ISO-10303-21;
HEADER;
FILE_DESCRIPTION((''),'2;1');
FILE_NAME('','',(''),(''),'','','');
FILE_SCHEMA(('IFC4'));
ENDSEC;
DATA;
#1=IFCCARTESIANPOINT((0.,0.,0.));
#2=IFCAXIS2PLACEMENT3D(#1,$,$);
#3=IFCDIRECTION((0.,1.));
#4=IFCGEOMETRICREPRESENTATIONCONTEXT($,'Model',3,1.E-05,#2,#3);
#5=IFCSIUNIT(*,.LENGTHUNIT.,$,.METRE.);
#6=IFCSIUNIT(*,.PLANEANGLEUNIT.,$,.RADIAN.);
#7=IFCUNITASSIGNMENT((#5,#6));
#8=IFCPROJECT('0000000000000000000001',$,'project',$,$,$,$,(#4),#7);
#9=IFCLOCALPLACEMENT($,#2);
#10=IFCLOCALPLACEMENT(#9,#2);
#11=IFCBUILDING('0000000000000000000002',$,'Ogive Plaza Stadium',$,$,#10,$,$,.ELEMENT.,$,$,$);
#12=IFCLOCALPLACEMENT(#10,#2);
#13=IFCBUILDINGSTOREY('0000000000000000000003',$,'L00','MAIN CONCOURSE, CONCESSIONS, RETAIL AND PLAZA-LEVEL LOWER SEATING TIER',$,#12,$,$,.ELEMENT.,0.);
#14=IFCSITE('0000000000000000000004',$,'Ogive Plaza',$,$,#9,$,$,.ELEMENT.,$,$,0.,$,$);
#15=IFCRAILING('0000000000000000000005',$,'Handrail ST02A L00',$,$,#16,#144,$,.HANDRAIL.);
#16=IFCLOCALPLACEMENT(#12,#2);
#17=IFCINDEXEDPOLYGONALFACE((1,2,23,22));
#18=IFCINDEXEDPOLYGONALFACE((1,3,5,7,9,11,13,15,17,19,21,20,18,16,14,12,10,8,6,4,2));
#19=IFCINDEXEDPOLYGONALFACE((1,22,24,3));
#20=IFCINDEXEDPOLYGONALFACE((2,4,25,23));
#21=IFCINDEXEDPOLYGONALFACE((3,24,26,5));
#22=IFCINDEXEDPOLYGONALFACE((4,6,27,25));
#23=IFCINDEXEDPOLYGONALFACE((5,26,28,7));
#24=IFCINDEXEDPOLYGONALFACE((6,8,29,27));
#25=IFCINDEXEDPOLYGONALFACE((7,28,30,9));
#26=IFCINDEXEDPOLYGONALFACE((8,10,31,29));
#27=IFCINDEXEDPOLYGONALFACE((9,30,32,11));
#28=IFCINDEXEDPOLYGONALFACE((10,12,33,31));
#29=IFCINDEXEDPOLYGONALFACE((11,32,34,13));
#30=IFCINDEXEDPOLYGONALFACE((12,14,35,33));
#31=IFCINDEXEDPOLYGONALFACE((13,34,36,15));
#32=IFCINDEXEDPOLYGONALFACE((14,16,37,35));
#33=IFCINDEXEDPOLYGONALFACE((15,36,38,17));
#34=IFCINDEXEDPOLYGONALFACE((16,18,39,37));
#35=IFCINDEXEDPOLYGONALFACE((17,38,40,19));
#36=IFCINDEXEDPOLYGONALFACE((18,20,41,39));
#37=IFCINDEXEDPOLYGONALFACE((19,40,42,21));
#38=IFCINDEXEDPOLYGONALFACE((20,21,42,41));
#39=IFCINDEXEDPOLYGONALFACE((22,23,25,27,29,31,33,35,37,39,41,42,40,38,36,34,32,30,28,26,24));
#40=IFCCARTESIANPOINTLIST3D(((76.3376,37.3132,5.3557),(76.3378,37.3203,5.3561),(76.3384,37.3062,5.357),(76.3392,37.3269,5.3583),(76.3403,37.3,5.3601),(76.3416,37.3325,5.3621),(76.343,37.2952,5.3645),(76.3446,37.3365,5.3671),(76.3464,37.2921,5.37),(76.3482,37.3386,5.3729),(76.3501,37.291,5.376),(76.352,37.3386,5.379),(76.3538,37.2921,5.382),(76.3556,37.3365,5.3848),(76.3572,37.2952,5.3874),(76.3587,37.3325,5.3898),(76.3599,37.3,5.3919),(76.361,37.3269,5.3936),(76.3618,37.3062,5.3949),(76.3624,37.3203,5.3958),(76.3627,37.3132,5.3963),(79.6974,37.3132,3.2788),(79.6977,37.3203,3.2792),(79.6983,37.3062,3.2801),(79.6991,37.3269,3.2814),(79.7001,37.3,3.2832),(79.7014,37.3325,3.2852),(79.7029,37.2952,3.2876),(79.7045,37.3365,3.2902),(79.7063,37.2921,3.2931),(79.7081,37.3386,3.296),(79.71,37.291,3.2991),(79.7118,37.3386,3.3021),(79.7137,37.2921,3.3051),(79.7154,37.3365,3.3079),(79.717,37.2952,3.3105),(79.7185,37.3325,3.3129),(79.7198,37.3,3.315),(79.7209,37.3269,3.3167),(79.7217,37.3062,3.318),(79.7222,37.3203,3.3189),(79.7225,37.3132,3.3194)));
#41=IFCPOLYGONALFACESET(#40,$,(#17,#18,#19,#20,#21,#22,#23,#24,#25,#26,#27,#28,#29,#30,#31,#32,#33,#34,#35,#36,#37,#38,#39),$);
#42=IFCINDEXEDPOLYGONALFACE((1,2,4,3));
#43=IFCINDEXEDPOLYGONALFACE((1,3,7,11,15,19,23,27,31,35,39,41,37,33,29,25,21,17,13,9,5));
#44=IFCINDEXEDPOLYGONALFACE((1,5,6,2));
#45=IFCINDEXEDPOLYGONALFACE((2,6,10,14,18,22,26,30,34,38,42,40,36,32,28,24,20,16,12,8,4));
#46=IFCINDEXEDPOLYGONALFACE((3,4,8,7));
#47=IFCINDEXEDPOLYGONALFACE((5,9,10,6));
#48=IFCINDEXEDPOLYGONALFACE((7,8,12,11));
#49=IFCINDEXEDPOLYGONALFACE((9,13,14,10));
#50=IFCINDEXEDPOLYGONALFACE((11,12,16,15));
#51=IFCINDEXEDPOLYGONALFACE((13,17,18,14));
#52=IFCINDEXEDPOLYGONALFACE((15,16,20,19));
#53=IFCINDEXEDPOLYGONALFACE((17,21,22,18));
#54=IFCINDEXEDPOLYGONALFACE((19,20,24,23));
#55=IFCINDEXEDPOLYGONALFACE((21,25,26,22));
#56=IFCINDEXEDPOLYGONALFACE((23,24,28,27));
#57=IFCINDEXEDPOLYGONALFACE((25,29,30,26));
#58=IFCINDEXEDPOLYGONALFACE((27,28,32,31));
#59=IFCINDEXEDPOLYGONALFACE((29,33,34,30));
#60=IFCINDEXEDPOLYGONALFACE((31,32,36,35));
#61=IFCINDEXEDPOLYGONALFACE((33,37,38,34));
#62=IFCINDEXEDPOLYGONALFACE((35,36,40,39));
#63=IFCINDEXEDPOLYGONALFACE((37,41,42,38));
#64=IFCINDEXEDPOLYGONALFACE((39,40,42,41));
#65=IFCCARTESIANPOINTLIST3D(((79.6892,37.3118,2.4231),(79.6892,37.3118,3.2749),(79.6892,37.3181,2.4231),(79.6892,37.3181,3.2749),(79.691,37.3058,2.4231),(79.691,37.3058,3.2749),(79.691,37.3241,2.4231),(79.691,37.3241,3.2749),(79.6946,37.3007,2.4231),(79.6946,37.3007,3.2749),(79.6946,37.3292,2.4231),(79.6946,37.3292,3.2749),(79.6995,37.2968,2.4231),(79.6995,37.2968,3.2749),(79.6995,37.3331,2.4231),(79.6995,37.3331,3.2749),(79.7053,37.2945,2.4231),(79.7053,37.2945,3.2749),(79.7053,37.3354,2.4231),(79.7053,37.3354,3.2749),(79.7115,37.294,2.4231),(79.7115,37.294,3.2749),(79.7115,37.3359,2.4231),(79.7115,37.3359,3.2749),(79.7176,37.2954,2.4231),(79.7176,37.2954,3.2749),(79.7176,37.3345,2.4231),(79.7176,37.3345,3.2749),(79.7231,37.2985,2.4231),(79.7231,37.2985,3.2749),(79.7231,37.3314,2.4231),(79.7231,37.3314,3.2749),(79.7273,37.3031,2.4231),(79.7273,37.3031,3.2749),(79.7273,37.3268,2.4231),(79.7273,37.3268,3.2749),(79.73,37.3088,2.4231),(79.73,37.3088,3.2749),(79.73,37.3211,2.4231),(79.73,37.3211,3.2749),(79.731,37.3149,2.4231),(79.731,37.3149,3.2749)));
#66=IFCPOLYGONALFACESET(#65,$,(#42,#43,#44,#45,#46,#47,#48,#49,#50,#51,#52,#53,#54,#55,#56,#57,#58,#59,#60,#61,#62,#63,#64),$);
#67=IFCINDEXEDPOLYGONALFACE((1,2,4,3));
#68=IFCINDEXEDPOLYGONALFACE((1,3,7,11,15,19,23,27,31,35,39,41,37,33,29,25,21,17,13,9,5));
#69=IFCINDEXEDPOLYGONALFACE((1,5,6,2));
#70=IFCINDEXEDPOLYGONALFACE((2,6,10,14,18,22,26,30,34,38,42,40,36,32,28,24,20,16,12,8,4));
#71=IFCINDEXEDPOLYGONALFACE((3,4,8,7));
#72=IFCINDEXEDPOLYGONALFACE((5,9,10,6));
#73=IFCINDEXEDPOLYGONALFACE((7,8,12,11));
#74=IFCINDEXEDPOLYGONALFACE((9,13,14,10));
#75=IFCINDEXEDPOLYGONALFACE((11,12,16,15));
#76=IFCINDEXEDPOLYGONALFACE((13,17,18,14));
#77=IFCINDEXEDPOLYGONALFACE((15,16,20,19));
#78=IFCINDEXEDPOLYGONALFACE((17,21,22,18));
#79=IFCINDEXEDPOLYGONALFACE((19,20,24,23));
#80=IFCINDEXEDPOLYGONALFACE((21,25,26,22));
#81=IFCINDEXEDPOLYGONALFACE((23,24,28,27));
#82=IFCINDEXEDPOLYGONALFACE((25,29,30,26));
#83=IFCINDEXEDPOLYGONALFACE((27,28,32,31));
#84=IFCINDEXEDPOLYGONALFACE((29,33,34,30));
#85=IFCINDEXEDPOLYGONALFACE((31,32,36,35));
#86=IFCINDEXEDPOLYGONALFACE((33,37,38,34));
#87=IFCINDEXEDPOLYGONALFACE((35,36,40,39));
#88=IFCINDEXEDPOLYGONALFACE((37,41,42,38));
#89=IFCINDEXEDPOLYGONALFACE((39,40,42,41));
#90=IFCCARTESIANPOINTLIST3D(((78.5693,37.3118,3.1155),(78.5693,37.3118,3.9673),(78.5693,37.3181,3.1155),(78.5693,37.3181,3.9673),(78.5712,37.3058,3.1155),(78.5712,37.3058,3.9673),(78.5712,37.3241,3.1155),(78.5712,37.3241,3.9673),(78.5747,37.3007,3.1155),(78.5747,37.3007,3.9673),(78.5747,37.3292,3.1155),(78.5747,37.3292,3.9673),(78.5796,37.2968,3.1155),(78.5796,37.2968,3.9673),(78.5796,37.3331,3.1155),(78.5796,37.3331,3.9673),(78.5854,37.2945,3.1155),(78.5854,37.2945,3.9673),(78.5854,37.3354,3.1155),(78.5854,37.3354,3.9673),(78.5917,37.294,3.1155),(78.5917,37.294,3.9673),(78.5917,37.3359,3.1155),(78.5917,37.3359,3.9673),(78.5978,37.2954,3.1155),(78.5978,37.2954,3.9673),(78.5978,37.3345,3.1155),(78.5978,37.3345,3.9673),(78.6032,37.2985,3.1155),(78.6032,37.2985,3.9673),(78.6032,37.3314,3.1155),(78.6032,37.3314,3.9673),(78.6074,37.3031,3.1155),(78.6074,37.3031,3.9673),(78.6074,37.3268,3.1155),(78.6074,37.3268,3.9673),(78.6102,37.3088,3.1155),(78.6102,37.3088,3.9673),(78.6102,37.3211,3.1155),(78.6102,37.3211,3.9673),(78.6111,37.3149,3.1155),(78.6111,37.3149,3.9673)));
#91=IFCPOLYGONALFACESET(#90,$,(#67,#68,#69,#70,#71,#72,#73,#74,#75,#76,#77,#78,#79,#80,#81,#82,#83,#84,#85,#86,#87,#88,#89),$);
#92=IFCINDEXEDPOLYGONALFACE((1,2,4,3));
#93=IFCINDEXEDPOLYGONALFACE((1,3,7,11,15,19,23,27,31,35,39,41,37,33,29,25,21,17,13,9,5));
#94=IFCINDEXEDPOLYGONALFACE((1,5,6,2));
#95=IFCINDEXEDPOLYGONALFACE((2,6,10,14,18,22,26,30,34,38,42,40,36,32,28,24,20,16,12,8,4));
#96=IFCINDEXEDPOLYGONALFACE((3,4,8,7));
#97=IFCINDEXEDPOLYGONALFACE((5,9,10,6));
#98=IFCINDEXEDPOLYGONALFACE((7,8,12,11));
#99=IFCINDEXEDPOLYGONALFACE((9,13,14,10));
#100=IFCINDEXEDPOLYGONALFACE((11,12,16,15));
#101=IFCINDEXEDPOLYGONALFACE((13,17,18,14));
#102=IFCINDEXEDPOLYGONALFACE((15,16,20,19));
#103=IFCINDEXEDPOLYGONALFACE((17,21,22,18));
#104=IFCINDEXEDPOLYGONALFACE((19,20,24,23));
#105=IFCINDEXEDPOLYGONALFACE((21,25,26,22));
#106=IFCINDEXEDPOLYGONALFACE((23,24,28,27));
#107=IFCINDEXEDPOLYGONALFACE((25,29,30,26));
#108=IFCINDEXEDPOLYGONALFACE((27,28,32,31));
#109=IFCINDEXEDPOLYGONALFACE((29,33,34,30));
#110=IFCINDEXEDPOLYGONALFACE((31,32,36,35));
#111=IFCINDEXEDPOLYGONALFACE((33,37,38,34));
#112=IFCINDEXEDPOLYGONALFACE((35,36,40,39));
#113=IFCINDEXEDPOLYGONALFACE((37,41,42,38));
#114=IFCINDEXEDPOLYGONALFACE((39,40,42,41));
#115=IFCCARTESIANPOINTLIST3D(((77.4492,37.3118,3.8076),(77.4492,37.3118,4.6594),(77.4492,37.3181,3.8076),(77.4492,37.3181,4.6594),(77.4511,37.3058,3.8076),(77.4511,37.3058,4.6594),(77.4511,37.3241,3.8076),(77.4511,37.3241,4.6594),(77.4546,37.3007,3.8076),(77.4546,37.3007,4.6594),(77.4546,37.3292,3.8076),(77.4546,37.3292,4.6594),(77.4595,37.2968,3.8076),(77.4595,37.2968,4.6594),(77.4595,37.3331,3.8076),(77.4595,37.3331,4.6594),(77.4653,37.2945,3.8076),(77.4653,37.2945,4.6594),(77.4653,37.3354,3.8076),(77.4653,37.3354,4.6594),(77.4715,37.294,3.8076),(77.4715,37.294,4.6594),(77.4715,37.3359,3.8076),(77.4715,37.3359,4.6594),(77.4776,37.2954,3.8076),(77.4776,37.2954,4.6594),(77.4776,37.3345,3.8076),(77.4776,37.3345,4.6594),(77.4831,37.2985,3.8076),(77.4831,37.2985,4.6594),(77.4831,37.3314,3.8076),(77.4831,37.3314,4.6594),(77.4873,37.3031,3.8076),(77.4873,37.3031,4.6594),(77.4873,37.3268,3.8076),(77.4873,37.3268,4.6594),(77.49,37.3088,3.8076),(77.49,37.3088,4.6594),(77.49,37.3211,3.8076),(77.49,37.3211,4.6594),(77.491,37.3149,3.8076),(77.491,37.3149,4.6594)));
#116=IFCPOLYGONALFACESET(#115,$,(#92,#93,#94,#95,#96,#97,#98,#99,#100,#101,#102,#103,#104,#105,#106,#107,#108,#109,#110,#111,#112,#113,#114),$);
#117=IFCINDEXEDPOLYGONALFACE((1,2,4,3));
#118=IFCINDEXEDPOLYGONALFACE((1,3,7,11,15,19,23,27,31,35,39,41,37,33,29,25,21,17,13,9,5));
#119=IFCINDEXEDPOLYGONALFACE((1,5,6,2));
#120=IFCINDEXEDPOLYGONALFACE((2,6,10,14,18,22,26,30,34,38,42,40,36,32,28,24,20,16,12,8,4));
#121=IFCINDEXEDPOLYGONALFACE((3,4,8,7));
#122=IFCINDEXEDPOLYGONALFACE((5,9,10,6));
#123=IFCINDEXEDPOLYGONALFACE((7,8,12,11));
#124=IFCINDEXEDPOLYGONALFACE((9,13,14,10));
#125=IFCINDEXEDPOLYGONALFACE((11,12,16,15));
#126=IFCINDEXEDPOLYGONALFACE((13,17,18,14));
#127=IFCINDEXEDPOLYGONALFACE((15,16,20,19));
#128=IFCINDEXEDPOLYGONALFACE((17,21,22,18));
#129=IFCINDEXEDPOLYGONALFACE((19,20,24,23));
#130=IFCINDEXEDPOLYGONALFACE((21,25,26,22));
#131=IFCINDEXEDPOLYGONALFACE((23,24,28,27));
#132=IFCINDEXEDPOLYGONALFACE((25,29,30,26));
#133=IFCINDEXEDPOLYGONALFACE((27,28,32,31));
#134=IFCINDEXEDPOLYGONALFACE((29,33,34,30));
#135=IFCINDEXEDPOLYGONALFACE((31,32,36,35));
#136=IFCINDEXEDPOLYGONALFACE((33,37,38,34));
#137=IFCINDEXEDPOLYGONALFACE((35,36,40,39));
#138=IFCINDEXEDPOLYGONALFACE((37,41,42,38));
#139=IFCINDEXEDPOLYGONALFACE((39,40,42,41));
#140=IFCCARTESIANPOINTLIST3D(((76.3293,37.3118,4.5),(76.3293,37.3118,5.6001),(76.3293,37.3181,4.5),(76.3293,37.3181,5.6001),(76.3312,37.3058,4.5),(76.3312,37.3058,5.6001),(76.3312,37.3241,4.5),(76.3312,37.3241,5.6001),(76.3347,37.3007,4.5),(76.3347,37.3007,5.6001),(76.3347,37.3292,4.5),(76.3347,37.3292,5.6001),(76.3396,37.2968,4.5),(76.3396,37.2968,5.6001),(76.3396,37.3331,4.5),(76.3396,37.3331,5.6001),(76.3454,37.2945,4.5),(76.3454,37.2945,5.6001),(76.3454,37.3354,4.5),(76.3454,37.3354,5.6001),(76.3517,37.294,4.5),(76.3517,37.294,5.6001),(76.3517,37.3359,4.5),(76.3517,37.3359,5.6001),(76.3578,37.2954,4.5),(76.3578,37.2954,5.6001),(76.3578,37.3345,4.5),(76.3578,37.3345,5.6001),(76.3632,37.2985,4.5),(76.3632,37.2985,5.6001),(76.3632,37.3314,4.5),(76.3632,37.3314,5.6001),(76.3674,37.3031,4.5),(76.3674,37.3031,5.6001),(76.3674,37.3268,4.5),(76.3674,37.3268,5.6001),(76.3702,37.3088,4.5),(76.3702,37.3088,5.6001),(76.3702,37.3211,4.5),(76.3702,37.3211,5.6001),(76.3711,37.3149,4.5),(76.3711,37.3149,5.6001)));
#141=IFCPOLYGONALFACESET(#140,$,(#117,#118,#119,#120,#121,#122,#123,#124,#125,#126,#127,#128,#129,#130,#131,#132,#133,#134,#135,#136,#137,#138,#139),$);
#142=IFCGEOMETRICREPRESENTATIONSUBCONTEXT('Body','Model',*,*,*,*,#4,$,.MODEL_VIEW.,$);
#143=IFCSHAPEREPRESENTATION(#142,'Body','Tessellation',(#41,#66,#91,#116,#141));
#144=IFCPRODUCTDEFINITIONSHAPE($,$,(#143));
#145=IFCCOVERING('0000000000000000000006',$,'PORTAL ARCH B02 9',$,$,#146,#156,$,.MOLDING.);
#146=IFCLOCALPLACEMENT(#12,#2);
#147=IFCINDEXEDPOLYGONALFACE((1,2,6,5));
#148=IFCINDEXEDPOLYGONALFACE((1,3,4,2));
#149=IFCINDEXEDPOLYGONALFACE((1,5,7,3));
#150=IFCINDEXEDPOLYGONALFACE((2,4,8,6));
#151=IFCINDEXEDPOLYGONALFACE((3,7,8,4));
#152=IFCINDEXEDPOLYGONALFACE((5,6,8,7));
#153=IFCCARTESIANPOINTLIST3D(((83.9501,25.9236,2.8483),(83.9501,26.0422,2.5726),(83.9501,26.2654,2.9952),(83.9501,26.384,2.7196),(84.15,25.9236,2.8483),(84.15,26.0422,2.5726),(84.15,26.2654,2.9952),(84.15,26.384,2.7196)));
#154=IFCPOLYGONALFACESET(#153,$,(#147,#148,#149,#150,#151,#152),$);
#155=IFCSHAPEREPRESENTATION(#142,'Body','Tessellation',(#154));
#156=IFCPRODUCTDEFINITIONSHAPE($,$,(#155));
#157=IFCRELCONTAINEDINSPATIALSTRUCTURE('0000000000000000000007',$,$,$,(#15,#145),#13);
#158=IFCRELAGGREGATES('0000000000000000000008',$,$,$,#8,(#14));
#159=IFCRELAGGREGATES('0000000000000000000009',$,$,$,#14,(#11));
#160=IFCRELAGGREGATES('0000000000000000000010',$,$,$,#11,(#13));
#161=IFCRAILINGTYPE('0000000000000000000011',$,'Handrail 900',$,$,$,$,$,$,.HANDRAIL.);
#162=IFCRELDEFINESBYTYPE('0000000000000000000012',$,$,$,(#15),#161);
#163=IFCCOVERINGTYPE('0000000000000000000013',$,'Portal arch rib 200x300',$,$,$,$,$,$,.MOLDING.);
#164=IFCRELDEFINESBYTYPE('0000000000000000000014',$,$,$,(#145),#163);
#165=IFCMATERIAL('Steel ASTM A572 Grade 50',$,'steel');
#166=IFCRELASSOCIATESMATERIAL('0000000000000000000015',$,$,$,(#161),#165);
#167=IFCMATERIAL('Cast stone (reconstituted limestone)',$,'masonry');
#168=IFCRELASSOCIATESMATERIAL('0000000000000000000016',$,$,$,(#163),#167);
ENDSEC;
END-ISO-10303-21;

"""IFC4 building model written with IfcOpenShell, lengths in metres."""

from ifc_helpers import new_model, si_unit, direction, frame, origin, origin_2d, place, context, subcontext, project, spatial, rectangle, circle, extrude, material, material_profile, profile_set, type_object, element, save


model = new_model("IFC4")

# Units and contexts
model_context = context("Model", 3, precision=1e-05, world=origin(), true_north=direction((0.0, 1.0)))
body_context = subcontext(model_context, "Body", "Model", "MODEL_VIEW")
ifc_project = project(units=[si_unit("LENGTHUNIT", "METRE"), si_unit("PLANEANGLEUNIT", "RADIAN")], contexts=[model_context])

# Site, building, storey
site_placement = place(None, origin())
site = spatial("IfcSite", under=ifc_project, at=site_placement, Name="Ogive Plaza", CompositionType="ELEMENT", RefElevation=0.0)
building_placement = place(site_placement, origin())
building = spatial("IfcBuilding", under=site, at=building_placement, Name="Ogive Plaza Stadium", CompositionType="ELEMENT")
storey_placement = place(building_placement, origin())
storey = spatial("IfcBuildingStorey", under=building, at=storey_placement, Name="L00", Description="MAIN CONCOURSE, CONCESSIONS, RETAIL AND PLAZA-LEVEL LOWER SEATING TIER", CompositionType="ELEMENT", Elevation=0.0)

# Railing
ifc_material_1 = material(Name="Steel ASTM A572 Grade 50", Category="steel")
railing_type_1 = type_object("IfcRailingType", Name="Handrail 900", PredefinedType="HANDRAIL", material=ifc_material_1)
for number, where, name in (
    (1, (79.71, 37.3149, 2.4231), "Handrail ST02A L00"),
):
    element("IfcRailing", number, at=place(storey_placement, frame(where)), inside=storey, type_object=railing_type_1, Name=name, PredefinedType="HANDRAIL", context=body_context, shape_type="SweptSolid", body=[
        extrude(circle(Radius=0.0239, at=origin_2d()), frame((0.0, 0.0, 0.876), z_axis=(-0.850606, 0.0, 0.525803), x_axis=(0.0, -1.0, 0.0)), (0.0, 0.0, 1.0), 3.95),
        extrude(circle(Radius=0.021, at=origin_2d()), origin(), (0.0, 0.0, 1.0), 0.8518),
        extrude(circle(Radius=0.021, at=origin_2d()), frame((-1.1199, 0.0, 0.6924)), (0.0, 0.0, 1.0), 0.8518),
        extrude(circle(Radius=0.021, at=origin_2d()), frame((-2.24, 0.0, 1.3845)), (0.0, 0.0, 1.0), 0.8518),
        extrude(circle(Radius=0.021, at=origin_2d()), frame((-3.3599, 0.0, 2.0769)), (0.0, 0.0, 1.0), 1.1001),
    ])

# Covering
ifc_material_2 = material(Name="Cast stone (reconstituted limestone)", Category="masonry")
ifc_material_profile_1 = material_profile(ifc_material_2, rectangle(XDim=0.2, YDim=0.3, at=origin_2d()), Name="Cast stone 200x300")
ifc_profile_set_1 = profile_set([ifc_material_profile_1], Name="Cast stone (reconstituted limestone)")
covering_type = type_object("IfcCoveringType", Name="Portal arch rib 200x300", PredefinedType="MOLDING", material=ifc_profile_set_1)
covering_placement = place(storey_placement, frame((84.05, 26.3247, 2.8574), z_axis=(0.0, -0.918669, -0.395028), x_axis=(1.0, 0.0, 0.0)))
element("IfcCovering", 2, at=covering_placement, inside=storey, type_object=covering_type, Name="PORTAL ARCH B02 9", PredefinedType="MOLDING", context=body_context, shape_type="SweptSolid", body=[
    extrude(rectangle(XDim=0.2, YDim=0.3, at=origin_2d()), origin(), (0.0, 0.0, 1.0), 0.3721),
])

save(model, "model.ifc")
